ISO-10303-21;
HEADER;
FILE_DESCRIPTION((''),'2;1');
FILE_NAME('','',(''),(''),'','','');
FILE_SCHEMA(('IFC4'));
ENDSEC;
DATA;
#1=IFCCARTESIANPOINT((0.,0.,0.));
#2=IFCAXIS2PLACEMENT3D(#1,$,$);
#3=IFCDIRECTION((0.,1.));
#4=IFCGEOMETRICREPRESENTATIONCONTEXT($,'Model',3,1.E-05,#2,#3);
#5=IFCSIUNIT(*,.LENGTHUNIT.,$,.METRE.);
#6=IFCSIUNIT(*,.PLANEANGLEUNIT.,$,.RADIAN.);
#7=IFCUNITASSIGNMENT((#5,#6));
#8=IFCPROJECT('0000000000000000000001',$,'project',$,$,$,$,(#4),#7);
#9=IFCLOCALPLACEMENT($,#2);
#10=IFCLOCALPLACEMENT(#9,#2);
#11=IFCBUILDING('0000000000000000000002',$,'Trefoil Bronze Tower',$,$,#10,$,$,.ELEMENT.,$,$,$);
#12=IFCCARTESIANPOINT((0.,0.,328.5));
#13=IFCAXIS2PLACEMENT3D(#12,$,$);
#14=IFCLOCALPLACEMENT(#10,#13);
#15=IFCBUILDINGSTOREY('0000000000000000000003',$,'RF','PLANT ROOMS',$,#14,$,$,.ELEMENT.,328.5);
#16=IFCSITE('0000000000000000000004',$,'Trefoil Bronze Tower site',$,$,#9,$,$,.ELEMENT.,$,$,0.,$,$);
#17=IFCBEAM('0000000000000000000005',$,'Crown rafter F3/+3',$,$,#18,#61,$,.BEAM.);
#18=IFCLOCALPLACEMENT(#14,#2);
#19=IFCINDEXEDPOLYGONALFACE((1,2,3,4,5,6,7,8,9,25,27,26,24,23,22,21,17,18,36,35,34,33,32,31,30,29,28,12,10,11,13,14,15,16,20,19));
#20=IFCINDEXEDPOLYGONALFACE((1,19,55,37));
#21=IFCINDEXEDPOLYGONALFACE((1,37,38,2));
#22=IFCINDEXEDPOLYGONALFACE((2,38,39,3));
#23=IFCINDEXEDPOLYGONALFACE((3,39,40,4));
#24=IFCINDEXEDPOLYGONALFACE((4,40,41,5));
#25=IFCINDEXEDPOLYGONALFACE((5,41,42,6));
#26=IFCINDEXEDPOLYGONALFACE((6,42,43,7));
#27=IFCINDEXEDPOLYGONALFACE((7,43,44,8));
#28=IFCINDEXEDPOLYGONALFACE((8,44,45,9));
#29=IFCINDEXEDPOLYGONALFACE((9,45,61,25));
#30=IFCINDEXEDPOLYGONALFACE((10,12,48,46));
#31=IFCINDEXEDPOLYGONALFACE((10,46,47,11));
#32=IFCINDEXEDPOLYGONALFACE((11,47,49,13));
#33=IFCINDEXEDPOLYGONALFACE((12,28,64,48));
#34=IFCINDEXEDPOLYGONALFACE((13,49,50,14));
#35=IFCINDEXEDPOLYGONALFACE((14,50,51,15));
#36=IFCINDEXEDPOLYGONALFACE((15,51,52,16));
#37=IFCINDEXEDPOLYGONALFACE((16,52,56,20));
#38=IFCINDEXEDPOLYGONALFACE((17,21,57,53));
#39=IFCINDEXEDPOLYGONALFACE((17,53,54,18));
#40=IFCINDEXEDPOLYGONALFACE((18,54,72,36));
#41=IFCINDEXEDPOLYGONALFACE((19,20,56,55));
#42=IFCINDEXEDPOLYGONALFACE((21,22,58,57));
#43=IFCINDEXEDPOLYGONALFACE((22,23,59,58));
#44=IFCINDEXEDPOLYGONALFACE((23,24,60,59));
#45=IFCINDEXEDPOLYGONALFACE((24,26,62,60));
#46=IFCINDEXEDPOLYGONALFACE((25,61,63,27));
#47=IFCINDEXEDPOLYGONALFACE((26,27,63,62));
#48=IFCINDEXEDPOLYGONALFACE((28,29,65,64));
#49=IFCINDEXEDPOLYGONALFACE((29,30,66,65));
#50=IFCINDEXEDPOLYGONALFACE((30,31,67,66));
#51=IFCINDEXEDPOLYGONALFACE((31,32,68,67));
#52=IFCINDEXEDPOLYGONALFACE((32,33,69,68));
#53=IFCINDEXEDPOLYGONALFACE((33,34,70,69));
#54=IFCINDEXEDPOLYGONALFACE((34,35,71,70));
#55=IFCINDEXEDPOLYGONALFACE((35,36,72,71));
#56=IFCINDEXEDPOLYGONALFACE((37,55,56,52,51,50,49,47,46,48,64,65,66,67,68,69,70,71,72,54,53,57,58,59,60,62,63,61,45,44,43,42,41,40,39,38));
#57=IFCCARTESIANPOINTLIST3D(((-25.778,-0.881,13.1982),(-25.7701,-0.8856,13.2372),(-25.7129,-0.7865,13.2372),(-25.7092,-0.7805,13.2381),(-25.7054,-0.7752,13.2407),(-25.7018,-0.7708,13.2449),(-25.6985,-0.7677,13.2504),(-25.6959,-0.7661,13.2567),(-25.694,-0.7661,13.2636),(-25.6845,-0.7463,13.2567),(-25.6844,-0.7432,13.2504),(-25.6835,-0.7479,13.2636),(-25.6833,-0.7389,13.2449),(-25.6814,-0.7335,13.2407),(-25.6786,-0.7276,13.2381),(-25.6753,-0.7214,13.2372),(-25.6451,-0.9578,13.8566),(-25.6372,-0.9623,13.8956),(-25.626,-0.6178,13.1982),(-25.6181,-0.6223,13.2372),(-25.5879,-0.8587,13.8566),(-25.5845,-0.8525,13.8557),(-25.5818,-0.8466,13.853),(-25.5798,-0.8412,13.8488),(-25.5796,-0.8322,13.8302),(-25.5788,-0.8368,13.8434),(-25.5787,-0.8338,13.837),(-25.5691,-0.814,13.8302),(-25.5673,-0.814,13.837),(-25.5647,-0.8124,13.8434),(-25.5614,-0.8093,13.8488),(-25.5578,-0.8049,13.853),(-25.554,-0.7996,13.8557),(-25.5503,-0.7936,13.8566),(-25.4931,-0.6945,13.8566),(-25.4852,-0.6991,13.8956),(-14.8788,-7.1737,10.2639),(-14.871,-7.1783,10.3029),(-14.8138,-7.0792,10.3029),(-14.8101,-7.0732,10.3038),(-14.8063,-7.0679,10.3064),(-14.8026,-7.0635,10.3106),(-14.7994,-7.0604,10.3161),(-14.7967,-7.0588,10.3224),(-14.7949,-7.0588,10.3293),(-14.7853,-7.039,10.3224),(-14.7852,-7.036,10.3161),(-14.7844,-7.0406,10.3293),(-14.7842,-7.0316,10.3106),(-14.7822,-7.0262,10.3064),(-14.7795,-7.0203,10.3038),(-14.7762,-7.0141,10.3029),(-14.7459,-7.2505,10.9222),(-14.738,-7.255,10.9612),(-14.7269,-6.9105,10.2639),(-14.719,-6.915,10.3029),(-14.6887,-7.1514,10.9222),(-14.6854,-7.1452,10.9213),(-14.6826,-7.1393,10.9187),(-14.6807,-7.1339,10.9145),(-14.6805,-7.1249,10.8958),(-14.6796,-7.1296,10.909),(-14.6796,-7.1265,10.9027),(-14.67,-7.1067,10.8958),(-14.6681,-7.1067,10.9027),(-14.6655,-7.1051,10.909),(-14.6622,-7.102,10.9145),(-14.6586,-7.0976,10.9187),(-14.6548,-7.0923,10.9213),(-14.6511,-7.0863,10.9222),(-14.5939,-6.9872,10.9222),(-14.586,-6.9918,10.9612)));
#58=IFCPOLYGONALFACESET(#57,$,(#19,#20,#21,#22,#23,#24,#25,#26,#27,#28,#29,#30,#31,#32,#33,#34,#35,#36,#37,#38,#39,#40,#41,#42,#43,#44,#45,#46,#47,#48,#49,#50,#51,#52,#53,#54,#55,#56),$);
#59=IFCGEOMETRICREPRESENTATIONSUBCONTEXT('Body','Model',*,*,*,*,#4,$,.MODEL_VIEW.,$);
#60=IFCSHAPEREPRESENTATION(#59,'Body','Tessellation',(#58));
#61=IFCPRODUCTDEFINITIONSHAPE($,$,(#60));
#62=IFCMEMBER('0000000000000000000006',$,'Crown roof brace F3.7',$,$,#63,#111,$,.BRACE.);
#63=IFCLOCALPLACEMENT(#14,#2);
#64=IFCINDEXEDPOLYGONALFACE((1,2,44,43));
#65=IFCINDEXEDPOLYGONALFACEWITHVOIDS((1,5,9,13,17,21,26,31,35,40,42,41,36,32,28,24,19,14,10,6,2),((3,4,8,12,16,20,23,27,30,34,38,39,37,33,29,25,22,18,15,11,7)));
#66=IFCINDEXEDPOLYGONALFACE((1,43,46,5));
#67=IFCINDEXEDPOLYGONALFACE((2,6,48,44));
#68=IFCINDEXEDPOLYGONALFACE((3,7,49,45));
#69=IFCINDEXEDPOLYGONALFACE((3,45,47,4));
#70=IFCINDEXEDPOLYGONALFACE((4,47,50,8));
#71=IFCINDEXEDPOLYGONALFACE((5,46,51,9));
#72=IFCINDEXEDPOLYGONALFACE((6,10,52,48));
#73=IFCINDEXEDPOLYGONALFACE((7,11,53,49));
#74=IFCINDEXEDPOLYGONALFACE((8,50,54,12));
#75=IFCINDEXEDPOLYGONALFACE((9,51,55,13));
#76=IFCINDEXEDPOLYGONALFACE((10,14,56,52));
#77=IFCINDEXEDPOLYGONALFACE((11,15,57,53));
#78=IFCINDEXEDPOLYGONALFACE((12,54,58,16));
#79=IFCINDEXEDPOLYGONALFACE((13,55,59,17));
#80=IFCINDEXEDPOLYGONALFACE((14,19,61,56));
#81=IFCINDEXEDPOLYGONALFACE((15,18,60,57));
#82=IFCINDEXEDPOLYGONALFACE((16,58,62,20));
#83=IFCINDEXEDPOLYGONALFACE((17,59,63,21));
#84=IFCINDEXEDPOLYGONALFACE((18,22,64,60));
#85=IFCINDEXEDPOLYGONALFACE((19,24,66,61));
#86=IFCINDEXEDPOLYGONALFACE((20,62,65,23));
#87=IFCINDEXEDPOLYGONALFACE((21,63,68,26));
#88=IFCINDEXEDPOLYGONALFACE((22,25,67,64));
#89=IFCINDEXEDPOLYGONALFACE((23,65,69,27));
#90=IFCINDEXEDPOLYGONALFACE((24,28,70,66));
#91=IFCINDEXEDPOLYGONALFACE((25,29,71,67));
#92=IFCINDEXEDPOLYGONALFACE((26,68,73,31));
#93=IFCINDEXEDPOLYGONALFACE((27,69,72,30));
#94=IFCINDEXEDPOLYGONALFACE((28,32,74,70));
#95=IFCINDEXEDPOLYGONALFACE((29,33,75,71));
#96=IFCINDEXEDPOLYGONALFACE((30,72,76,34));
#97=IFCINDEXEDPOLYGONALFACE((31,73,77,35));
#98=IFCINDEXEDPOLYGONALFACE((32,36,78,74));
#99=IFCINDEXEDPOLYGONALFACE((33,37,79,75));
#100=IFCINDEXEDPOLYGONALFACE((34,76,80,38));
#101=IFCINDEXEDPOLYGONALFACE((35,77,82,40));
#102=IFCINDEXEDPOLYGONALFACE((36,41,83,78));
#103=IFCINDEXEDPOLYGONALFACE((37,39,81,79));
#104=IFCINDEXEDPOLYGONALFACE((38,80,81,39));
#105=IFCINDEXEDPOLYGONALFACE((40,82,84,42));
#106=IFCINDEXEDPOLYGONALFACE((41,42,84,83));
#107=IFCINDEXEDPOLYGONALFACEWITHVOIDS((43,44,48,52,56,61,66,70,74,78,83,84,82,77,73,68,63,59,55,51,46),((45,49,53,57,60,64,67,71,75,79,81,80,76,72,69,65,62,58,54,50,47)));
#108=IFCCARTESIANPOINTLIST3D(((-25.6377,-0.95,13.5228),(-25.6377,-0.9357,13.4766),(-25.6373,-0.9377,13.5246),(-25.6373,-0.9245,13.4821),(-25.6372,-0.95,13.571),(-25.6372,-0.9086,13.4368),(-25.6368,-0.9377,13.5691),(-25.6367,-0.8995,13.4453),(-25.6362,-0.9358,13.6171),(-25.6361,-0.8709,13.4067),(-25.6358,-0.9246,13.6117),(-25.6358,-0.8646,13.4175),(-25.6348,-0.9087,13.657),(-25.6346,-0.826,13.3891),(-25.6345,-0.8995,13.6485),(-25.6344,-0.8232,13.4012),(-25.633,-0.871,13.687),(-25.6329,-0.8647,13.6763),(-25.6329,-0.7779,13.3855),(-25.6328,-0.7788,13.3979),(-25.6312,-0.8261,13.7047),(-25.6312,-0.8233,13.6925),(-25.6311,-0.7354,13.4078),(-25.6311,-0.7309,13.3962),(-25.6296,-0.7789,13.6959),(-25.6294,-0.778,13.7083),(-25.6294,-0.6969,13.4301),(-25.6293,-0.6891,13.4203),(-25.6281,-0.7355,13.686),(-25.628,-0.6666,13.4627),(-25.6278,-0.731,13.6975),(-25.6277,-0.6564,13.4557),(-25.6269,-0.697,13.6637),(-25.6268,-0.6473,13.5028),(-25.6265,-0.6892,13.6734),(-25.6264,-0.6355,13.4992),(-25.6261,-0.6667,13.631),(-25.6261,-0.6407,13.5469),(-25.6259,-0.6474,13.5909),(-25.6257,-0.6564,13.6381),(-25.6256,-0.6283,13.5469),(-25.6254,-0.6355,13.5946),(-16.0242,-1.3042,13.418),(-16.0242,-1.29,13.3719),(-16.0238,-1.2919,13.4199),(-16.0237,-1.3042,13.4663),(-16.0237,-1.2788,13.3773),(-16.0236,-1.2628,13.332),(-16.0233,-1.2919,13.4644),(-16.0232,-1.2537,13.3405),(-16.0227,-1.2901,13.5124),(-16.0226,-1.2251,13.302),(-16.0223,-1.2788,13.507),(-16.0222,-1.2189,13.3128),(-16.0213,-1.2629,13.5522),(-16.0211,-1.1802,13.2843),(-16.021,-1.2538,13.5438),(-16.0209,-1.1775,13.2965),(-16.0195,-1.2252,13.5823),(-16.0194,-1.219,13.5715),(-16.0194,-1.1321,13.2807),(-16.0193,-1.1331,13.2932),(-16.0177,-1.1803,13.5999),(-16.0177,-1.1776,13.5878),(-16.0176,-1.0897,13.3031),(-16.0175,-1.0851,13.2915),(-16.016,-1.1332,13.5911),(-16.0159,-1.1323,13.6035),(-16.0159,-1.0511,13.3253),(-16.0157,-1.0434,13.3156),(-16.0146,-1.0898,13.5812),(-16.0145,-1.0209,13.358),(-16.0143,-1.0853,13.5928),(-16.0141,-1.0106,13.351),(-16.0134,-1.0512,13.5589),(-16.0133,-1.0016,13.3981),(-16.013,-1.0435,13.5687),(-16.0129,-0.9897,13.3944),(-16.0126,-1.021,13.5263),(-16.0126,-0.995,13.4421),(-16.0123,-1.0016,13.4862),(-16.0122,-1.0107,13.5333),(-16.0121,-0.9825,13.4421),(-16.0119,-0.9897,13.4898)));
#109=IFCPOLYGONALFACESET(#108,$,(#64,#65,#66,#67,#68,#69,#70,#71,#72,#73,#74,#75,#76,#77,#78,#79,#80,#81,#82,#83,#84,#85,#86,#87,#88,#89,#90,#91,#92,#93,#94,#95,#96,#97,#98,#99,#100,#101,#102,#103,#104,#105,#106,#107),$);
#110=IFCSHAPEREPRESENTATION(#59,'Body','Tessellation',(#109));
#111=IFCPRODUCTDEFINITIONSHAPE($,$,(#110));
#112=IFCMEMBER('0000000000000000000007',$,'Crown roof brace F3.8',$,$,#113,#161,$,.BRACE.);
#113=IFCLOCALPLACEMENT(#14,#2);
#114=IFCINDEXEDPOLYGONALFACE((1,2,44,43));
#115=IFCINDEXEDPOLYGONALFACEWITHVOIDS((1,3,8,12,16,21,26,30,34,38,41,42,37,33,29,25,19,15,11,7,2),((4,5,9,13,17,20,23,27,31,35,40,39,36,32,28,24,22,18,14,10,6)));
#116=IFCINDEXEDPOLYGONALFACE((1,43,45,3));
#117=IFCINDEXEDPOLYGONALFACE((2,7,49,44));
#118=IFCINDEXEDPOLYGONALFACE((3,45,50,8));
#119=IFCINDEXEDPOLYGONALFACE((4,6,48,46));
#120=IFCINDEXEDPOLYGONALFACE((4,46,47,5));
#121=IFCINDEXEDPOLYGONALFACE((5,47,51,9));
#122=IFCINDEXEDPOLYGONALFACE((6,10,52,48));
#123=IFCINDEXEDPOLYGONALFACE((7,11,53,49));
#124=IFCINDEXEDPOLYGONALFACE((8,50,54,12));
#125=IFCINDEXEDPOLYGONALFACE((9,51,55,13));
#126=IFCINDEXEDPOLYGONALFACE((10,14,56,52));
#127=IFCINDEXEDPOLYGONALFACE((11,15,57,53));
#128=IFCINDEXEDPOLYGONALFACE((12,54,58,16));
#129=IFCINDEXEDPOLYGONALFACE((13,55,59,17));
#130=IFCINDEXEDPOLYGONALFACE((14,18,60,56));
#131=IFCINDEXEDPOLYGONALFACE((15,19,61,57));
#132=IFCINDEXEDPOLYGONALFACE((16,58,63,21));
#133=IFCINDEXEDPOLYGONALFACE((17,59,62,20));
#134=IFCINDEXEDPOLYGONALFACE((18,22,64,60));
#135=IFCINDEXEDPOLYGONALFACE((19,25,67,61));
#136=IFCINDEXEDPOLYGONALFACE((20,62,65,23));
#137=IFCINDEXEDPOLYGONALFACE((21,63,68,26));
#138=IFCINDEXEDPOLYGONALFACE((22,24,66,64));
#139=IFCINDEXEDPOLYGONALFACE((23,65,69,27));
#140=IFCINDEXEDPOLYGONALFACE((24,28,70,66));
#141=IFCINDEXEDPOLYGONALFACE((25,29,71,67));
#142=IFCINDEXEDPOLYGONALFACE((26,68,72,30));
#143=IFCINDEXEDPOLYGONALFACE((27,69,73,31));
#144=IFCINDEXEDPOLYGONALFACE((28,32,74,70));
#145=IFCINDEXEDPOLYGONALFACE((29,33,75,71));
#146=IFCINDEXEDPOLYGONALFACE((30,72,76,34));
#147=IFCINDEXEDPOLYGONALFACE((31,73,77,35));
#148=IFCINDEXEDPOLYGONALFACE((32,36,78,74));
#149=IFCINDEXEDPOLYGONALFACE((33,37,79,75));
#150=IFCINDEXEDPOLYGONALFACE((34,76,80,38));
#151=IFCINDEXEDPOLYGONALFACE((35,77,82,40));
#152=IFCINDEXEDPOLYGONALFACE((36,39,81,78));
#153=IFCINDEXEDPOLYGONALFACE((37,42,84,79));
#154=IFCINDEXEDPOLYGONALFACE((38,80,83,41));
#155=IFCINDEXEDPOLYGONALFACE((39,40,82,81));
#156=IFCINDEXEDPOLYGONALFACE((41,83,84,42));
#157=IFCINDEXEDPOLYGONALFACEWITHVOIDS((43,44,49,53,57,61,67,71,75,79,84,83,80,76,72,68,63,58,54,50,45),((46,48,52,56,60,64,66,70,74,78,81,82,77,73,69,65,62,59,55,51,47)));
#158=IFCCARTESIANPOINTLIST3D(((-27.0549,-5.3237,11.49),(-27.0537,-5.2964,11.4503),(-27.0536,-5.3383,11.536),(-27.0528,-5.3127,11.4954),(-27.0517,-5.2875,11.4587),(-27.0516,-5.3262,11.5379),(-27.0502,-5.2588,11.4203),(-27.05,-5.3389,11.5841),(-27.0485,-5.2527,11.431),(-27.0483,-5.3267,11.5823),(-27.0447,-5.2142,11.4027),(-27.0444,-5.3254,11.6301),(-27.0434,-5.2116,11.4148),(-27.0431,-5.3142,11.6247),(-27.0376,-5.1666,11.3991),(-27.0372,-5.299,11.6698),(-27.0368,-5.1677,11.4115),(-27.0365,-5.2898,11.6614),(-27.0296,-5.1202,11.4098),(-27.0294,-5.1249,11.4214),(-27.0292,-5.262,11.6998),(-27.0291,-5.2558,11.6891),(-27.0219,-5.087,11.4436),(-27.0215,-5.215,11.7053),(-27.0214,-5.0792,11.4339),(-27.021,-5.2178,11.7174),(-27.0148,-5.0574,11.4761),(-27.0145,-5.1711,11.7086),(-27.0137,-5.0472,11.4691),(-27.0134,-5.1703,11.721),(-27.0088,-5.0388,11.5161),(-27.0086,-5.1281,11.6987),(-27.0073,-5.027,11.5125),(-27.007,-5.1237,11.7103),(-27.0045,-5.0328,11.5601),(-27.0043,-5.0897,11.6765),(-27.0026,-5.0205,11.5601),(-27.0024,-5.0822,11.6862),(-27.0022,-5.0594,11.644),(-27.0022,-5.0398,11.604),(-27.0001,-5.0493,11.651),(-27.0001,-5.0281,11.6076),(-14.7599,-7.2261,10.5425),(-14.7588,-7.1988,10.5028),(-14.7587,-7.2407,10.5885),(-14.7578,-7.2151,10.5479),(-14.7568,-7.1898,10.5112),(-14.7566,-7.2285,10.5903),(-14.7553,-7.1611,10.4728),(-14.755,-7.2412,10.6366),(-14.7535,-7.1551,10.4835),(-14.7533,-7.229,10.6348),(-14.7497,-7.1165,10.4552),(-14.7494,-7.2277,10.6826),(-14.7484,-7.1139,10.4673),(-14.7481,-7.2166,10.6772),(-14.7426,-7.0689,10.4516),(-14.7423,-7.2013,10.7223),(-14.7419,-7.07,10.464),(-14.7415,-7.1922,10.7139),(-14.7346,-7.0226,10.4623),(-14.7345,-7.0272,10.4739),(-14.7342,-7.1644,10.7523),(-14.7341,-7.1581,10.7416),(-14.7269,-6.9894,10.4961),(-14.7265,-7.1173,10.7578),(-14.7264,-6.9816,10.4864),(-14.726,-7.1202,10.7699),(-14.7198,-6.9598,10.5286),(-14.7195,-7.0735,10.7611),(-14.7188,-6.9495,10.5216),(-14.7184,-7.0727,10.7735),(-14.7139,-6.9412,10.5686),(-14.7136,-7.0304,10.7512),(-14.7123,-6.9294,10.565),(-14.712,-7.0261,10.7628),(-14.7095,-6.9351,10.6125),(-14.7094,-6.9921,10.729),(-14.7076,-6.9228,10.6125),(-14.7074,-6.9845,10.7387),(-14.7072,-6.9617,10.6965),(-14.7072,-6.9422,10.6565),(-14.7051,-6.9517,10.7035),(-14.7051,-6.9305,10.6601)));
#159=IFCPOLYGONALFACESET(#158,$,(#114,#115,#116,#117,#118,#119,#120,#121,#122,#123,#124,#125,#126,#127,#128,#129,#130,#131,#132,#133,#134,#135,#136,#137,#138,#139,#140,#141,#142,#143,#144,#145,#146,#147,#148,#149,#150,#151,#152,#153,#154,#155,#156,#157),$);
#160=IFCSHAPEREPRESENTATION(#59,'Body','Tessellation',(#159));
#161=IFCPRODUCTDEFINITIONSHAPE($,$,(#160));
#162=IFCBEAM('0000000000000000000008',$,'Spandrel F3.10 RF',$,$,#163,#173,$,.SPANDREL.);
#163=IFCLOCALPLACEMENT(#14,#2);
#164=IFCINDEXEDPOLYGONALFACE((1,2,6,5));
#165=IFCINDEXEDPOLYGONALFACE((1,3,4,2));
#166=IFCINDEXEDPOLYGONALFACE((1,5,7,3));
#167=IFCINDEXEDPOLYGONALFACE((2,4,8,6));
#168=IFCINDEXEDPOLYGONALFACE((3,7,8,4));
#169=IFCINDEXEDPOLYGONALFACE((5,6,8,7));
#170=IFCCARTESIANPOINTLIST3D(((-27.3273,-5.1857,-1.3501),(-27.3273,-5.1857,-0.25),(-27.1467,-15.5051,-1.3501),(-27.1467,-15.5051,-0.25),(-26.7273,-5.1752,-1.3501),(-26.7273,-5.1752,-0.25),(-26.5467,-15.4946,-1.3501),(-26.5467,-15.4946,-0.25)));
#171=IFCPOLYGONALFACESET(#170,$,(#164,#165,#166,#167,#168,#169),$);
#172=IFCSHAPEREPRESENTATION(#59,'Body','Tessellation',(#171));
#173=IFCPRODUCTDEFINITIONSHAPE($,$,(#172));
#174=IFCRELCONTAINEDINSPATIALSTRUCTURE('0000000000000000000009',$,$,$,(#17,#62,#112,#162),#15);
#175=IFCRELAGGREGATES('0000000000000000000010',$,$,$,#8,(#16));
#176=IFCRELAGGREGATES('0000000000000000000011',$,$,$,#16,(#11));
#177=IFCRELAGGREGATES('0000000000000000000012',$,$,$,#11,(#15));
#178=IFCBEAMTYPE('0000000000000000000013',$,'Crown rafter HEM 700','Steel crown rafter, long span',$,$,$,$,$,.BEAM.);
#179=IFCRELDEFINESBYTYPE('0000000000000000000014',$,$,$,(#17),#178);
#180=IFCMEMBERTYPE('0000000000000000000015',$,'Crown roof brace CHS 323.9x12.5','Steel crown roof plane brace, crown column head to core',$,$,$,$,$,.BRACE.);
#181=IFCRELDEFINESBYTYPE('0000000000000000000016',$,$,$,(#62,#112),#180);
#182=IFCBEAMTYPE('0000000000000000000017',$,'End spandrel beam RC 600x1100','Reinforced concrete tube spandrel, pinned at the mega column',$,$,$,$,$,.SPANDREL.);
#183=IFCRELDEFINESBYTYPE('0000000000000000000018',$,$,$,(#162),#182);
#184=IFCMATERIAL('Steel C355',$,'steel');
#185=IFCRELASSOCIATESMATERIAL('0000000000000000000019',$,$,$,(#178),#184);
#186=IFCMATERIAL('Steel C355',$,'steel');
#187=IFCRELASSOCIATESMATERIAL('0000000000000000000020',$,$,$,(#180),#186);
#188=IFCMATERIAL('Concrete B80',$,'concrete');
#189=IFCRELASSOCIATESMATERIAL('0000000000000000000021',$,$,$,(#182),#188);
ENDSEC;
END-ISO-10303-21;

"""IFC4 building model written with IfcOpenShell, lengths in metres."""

from ifc_helpers import new_model, si_unit, direction, frame, origin, origin_2d, place, context, subcontext, project, spatial, rectangle, hollow_circle, i_section, extrude, material, material_profile, profile_set, type_object, element, save


model = new_model("IFC4")

# Units and contexts
model_context = context("Model", 3, precision=1e-05, world=origin(), true_north=direction((0.0, 1.0)))
body_context = subcontext(model_context, "Body", "Model", "MODEL_VIEW")
ifc_project = project(units=[si_unit("LENGTHUNIT", "METRE"), si_unit("PLANEANGLEUNIT", "RADIAN")], contexts=[model_context])

# Site, building, storey
site_placement = place(None, origin())
site = spatial("IfcSite", under=ifc_project, at=site_placement, Name="Trefoil Bronze Tower site", CompositionType="ELEMENT", RefElevation=0.0)
building_placement = place(site_placement, origin())
building = spatial("IfcBuilding", under=site, at=building_placement, Name="Trefoil Bronze Tower", CompositionType="ELEMENT")
storey_placement = place(building_placement, frame((0.0, 0.0, 328.5)))
storey = spatial("IfcBuildingStorey", under=building, at=storey_placement, Name="RF", Description="PLANT ROOMS", CompositionType="ELEMENT", Elevation=328.5)

# Beam
ifc_material_1 = material(Name="Steel C355", Category="steel")
ifc_material_profile_1 = material_profile(ifc_material_1, i_section(OverallWidth=0.304, OverallDepth=0.7161, WebThickness=0.021, FlangeThickness=0.04, FilletRadius=0.0271, at=origin_2d()), Name="HEM 700")
ifc_profile_set_1 = profile_set([ifc_material_profile_1], Name="Steel C355")
beam_type_1 = type_object("IfcBeamType", Name="Crown rafter HEM 700", Description="Steel crown rafter, long span", PredefinedType="BEAM", material=ifc_profile_set_1)
beam_1_placement = place(storey_placement, frame((-25.6316, -0.79, 13.5469), z_axis=(0.843402, -0.486945, -0.227065), x_axis=(0.500005, 0.866022, 0.0)))
element("IfcBeam", 1, at=beam_1_placement, inside=storey, type_object=beam_type_1, Name="Crown rafter F3/+3", PredefinedType="BEAM", context=body_context, shape_type="SweptSolid", body=[
    extrude(i_section(OverallWidth=0.304, OverallDepth=0.7161, WebThickness=0.021, FlangeThickness=0.04, FilletRadius=0.0271, at=origin_2d()), origin(), (0.0, 0.0, 1.0), 12.9229),
])

# Members
ifc_material_2 = material(Name="Steel C355", Category="steel")
ifc_material_profile_2 = material_profile(ifc_material_2, hollow_circle(Radius=0.1619, WallThickness=0.0125, at=origin_2d()), Name="CHS 323.9x12.5")
ifc_profile_set_2 = profile_set([ifc_material_profile_2], Name="Steel C355")
member_type = type_object("IfcMemberType", Name="Crown roof brace CHS 323.9x12.5", Description="Steel crown roof plane brace, crown column head to core", PredefinedType="BRACE", material=ifc_profile_set_2)
member_1_placement = place(storey_placement, frame((-25.6316, -0.79, 13.5469), z_axis=(0.999263, -0.036822, -0.010887), x_axis=(0.036824, 0.999322, 0.0)))
element("IfcMember", 2, at=member_1_placement, inside=storey, type_object=member_type, Name="Crown roof brace F3.7", PredefinedType="BRACE", context=body_context, shape_type="SweptSolid", body=[
    extrude(hollow_circle(Radius=0.1619, WallThickness=0.0125, at=origin_2d()), origin(), (0.0, 0.0, 1.0), 9.6206),
])
member_2_placement = place(storey_placement, frame((-27.0273, -5.1804, 11.5601), z_axis=(0.985387, -0.152465, -0.075939), x_axis=(0.152906, 0.988241, 0.0)))
element("IfcMember", 3, at=member_2_placement, inside=storey, type_object=member_type, Name="Crown roof brace F3.8", PredefinedType="BRACE", context=body_context, shape_type="SweptSolid", body=[
    extrude(hollow_circle(Radius=0.1619, WallThickness=0.0125, at=origin_2d()), origin(), (0.0, 0.0, 1.0), 12.4773),
])

# Beam
ifc_material_3 = material(Name="Concrete B80", Category="concrete")
ifc_material_profile_3 = material_profile(ifc_material_3, rectangle(XDim=0.6001, YDim=1.1001, at=origin_2d()), Name="RC 600x1100")
ifc_profile_set_3 = profile_set([ifc_material_profile_3], Name="Concrete B80")
beam_type_2 = type_object("IfcBeamType", Name="End spandrel beam RC 600x1100", Description="Reinforced concrete tube spandrel, pinned at the mega column", PredefinedType="SPANDREL", material=ifc_profile_set_3)
beam_2_placement = place(storey_placement, frame((-27.0273, -5.1804, -0.8), z_axis=(0.017504, -0.999847, 0.0), x_axis=(0.999847, 0.017504, 0.0)))
element("IfcBeam", 4, at=beam_2_placement, inside=storey, type_object=beam_type_2, Name="Spandrel F3.10 RF", PredefinedType="SPANDREL", context=body_context, shape_type="SweptSolid", body=[
    extrude(rectangle(XDim=0.6001, YDim=1.1001, at=origin_2d()), origin(), (0.0, 0.0, 1.0), 10.321),
])

save(model, "model.ifc")
